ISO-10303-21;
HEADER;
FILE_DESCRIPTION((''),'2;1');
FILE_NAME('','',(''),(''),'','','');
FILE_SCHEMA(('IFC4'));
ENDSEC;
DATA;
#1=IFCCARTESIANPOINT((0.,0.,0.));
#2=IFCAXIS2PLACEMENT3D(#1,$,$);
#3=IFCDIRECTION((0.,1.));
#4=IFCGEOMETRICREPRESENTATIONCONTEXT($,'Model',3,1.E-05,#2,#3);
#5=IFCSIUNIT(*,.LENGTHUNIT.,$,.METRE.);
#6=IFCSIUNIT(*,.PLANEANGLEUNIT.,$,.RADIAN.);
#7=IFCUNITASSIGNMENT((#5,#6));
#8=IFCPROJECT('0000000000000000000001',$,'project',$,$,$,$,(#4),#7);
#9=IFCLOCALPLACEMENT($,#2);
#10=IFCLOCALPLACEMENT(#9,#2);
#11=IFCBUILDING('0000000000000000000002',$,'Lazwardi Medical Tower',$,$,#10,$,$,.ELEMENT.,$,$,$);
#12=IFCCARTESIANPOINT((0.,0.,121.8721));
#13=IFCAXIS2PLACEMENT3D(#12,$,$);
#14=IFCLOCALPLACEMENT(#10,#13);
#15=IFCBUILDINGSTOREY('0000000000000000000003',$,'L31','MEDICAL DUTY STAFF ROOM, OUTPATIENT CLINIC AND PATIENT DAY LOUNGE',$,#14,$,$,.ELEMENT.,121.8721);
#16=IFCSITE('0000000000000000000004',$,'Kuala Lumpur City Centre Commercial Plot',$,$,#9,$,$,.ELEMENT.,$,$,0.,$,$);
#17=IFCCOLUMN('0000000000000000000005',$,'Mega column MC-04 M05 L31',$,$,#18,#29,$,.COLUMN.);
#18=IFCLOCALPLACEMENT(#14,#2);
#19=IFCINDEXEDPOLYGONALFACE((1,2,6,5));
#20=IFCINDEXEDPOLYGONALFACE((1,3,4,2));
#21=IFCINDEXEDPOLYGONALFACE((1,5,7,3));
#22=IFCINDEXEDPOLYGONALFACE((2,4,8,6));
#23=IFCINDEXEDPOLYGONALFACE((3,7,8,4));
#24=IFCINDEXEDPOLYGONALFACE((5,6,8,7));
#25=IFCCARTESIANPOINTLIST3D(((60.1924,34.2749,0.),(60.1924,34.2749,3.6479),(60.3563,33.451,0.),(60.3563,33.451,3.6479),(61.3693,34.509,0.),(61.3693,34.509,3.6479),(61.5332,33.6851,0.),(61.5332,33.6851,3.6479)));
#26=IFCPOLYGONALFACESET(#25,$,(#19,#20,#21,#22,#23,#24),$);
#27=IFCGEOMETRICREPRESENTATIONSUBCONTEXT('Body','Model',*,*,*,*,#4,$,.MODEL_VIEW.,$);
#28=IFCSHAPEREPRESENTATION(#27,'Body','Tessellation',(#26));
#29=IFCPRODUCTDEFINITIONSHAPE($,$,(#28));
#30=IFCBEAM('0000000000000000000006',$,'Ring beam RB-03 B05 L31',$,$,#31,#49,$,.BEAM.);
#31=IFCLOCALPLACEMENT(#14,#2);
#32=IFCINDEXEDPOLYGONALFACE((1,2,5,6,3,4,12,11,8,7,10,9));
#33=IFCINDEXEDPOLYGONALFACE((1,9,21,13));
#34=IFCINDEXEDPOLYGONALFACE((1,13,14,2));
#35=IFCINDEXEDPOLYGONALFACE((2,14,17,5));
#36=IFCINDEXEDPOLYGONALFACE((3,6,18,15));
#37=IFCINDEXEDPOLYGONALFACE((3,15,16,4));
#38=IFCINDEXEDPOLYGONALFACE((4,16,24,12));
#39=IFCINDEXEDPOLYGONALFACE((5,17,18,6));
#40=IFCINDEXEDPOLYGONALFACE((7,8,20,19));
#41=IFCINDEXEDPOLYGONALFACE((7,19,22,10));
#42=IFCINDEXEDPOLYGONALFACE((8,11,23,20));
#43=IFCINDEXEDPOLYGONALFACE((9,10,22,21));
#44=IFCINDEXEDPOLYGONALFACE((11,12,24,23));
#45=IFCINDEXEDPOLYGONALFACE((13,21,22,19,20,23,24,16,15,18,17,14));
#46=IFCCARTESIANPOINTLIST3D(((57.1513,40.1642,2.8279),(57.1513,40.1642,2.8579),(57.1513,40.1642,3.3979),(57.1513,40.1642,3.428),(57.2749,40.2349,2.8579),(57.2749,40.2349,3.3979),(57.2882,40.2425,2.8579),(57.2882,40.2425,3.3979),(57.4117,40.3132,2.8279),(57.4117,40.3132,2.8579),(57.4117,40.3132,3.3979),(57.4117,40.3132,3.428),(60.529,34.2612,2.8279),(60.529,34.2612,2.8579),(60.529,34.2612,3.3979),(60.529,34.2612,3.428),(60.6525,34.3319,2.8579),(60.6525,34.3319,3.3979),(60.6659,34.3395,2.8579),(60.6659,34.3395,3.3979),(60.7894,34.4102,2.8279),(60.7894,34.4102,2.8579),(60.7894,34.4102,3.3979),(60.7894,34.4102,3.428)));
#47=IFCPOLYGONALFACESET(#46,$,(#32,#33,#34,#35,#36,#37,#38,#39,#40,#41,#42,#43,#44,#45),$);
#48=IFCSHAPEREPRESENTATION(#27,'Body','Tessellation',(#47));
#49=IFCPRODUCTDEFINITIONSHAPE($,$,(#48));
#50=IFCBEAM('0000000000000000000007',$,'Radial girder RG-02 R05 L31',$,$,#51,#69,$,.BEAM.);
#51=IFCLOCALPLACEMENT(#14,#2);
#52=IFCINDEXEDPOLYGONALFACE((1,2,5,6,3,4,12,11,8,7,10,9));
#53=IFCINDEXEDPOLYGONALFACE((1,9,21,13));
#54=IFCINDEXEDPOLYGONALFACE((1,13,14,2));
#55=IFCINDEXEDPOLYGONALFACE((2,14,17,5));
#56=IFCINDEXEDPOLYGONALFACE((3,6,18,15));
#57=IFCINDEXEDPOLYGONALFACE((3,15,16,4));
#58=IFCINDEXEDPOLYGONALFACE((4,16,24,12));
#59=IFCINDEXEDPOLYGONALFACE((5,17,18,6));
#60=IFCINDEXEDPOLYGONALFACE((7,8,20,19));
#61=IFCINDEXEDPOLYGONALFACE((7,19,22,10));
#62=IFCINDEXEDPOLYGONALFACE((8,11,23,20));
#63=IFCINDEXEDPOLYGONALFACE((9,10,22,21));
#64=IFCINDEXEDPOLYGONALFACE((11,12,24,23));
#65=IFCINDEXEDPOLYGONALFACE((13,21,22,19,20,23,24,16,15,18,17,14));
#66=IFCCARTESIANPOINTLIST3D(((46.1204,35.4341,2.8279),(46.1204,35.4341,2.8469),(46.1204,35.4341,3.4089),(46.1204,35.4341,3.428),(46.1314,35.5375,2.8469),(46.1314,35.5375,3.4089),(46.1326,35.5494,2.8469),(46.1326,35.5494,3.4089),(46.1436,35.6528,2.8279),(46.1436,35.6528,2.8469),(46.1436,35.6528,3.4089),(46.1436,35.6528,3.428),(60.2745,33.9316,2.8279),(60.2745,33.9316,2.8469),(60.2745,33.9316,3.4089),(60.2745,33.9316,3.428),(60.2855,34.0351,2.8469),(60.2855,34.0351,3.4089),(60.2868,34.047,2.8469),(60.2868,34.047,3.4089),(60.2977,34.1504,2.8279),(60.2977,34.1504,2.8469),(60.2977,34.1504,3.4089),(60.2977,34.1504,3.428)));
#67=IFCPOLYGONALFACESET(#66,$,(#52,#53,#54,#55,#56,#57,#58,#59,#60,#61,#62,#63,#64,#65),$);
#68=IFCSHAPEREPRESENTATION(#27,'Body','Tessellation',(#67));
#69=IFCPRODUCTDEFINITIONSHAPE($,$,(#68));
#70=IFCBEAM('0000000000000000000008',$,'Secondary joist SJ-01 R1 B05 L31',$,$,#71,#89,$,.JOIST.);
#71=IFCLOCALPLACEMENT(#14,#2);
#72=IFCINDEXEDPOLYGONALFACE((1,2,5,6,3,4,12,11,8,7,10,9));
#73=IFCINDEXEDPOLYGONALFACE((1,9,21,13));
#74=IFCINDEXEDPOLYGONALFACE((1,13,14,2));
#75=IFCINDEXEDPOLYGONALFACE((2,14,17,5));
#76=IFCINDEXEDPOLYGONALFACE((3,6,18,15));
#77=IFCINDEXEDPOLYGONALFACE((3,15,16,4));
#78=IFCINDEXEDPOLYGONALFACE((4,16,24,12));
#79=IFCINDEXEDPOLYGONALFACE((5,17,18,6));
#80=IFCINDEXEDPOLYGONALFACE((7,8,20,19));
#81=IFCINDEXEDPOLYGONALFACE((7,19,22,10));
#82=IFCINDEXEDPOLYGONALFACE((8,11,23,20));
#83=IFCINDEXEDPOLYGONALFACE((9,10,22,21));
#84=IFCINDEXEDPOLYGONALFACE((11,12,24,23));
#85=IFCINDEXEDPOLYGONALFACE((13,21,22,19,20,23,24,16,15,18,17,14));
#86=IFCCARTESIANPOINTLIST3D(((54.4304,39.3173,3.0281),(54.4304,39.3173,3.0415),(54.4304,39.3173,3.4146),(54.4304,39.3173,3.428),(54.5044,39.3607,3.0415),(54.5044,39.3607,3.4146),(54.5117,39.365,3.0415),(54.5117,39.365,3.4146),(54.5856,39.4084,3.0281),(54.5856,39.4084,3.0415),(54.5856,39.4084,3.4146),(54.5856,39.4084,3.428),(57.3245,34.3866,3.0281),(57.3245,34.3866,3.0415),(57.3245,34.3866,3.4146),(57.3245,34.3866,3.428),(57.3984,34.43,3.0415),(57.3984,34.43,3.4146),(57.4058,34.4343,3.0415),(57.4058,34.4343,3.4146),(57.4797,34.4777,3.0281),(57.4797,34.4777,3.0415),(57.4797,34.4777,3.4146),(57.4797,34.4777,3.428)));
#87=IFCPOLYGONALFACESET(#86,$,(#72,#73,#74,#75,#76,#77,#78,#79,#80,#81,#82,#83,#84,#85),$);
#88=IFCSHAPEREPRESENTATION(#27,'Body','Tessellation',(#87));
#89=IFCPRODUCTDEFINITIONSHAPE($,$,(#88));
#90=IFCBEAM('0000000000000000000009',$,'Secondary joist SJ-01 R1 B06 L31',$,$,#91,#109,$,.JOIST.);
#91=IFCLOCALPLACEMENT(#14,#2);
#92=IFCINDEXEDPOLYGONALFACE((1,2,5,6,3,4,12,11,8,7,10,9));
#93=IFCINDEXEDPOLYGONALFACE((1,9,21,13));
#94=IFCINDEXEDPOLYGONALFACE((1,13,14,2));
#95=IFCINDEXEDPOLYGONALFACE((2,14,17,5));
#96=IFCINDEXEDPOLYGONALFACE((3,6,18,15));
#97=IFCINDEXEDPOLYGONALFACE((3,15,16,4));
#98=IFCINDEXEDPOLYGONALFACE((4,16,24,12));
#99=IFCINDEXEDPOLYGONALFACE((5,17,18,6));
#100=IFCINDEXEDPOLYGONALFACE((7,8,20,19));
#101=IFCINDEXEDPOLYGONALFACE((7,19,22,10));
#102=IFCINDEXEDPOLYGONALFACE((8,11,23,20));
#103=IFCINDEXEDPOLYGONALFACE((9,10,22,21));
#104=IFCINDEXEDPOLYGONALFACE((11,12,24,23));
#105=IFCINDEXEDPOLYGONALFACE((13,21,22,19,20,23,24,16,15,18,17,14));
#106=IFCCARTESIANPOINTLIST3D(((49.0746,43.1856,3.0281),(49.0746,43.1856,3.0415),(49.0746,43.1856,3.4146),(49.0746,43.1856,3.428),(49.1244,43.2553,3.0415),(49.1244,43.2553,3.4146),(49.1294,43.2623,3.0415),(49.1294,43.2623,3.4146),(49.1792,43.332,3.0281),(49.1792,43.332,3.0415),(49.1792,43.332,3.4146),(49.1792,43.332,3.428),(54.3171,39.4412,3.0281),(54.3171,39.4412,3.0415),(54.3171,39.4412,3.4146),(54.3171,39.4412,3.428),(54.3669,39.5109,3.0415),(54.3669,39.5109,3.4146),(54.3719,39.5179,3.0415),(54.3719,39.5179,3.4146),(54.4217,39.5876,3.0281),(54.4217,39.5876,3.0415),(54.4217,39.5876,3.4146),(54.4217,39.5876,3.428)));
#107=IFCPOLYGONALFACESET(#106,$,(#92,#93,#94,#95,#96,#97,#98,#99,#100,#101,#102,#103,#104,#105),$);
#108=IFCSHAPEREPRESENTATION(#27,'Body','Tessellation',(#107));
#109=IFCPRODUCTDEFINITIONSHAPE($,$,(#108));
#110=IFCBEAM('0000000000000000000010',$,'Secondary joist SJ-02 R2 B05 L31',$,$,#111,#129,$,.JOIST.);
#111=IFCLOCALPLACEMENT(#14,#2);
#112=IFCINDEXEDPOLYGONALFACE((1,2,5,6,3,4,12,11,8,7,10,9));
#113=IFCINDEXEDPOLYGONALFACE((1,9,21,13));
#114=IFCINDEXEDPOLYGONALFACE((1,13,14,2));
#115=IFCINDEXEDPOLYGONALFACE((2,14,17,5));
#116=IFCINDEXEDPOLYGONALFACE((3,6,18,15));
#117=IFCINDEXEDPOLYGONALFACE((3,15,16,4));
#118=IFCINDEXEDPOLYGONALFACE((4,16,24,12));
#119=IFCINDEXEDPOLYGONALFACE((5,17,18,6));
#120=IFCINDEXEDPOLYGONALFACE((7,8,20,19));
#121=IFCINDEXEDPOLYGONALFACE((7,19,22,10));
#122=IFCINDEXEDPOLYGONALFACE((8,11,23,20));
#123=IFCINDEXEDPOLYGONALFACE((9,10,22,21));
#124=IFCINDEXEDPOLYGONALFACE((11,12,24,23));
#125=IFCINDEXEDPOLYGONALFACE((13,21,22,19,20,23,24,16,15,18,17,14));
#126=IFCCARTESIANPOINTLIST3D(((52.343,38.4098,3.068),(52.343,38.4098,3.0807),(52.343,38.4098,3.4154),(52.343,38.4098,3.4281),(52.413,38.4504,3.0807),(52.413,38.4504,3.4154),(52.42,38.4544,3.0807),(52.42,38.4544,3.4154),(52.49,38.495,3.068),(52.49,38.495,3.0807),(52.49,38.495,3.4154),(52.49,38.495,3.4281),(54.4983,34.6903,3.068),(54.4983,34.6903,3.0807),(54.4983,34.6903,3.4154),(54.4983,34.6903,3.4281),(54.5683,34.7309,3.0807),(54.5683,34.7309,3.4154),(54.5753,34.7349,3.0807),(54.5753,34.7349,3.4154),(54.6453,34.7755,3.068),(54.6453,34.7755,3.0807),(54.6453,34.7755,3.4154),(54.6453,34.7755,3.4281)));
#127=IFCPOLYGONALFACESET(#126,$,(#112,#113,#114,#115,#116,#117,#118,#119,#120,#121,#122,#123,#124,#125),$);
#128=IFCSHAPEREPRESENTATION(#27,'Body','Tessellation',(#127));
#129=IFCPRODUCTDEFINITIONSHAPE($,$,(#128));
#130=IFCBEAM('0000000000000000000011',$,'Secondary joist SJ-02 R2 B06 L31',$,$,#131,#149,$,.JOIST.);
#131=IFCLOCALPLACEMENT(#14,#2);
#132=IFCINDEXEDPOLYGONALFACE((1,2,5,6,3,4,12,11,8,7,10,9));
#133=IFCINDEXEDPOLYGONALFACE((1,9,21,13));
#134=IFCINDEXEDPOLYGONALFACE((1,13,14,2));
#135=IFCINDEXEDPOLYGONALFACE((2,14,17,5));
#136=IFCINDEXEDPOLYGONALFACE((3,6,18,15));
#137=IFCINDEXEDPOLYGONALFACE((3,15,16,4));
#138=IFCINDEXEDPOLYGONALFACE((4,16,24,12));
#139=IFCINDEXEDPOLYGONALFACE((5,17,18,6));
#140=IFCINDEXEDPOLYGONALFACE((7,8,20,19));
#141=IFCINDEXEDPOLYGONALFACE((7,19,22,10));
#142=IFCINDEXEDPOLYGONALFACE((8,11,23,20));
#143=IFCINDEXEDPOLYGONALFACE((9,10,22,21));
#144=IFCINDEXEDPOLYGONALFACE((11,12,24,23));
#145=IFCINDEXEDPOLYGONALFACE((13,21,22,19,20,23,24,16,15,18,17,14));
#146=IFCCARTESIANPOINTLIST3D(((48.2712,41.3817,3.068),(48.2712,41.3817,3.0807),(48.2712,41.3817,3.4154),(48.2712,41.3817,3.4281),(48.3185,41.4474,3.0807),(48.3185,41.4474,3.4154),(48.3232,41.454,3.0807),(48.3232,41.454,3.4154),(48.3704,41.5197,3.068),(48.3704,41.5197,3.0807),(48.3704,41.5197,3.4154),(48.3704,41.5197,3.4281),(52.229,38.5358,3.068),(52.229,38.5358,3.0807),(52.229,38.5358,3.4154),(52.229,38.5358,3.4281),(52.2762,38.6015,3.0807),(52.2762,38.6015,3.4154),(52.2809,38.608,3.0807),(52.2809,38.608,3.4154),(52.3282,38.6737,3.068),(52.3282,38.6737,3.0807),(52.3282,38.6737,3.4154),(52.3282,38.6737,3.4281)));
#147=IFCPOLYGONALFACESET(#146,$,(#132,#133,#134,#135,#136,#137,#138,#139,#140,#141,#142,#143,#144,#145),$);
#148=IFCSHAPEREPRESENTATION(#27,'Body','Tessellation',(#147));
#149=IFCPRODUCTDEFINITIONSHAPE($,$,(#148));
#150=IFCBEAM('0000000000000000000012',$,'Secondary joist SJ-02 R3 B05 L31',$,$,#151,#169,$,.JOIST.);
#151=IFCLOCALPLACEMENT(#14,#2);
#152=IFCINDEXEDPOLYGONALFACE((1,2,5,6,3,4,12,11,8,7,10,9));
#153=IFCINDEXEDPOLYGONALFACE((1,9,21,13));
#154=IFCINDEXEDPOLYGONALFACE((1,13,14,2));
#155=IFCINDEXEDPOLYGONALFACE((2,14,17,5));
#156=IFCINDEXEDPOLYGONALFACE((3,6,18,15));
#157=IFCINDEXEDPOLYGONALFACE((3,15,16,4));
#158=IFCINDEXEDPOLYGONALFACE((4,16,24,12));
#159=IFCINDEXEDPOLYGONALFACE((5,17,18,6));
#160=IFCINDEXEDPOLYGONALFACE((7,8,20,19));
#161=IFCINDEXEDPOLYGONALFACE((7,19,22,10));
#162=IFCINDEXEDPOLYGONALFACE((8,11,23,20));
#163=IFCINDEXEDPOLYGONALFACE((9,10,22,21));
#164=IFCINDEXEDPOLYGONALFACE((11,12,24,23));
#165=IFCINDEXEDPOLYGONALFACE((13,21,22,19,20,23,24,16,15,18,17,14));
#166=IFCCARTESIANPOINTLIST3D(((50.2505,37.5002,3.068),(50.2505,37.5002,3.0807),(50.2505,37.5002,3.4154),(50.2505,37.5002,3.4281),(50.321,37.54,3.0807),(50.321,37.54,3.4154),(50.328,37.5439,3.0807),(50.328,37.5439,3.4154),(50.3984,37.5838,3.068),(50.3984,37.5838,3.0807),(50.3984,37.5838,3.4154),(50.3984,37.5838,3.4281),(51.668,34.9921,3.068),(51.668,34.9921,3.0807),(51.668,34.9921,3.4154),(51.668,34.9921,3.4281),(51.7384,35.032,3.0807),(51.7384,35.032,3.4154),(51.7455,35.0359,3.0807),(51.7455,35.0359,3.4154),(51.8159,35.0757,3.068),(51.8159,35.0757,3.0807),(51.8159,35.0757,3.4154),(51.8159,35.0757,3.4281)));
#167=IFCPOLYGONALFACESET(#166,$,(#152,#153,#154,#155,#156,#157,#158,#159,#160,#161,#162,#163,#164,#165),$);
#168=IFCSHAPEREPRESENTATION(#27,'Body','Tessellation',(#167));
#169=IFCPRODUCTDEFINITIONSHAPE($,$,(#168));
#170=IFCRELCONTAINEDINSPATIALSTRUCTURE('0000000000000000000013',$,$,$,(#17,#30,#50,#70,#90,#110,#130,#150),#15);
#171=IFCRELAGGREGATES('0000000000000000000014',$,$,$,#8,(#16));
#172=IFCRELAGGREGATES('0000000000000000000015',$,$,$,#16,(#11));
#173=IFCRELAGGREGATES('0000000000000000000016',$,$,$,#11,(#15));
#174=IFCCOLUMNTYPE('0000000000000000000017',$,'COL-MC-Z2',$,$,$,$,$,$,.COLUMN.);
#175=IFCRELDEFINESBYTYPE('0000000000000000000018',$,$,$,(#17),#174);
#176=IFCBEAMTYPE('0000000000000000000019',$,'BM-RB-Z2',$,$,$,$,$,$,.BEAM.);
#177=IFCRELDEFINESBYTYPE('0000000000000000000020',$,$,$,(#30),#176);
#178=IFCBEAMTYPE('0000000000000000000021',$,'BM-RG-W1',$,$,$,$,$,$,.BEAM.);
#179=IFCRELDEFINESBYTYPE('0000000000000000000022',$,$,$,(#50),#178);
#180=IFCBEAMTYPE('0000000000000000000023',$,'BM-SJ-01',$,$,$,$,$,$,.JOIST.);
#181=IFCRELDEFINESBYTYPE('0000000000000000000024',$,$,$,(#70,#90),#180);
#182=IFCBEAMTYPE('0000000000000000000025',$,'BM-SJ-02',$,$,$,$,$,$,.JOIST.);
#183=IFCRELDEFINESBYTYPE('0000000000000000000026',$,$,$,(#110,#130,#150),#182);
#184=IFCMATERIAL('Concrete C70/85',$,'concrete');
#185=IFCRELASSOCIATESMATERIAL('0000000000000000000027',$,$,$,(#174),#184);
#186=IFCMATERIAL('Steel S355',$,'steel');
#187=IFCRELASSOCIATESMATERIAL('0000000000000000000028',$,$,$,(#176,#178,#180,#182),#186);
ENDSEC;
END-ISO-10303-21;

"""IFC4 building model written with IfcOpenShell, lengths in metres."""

from ifc_helpers import new_model, si_unit, direction, frame, origin, origin_2d, place, context, subcontext, project, spatial, rectangle, i_section, extrude, material, material_profile, profile_set, type_object, element, save


model = new_model("IFC4")

# Units and contexts
model_context = context("Model", 3, precision=1e-05, world=origin(), true_north=direction((0.0, 1.0)))
body_context = subcontext(model_context, "Body", "Model", "MODEL_VIEW")
ifc_project = project(units=[si_unit("LENGTHUNIT", "METRE"), si_unit("PLANEANGLEUNIT", "RADIAN")], contexts=[model_context])

# Site, building, storey
site_placement = place(None, origin())
site = spatial("IfcSite", under=ifc_project, at=site_placement, Name="Kuala Lumpur City Centre Commercial Plot", CompositionType="ELEMENT", RefElevation=0.0)
building_placement = place(site_placement, origin())
building = spatial("IfcBuilding", under=site, at=building_placement, Name="Lazwardi Medical Tower", CompositionType="ELEMENT")
storey_placement = place(building_placement, frame((0.0, 0.0, 121.8721)))
storey = spatial("IfcBuildingStorey", under=building, at=storey_placement, Name="L31", Description="MEDICAL DUTY STAFF ROOM, OUTPATIENT CLINIC AND PATIENT DAY LOUNGE", CompositionType="ELEMENT", Elevation=121.8721)

# Column
ifc_material_1 = material(Name="Concrete C70/85", Category="concrete")
ifc_material_profile_1 = material_profile(ifc_material_1, rectangle(XDim=1.2, YDim=0.8401, at=origin_2d()), Name="CFT-RECT 1200x840")
ifc_profile_set_1 = profile_set([ifc_material_profile_1], Name="Concrete C70/85")
column_type = type_object("IfcColumnType", Name="COL-MC-Z2", PredefinedType="COLUMN", material=ifc_profile_set_1)
column_placement = place(storey_placement, frame((60.8628, 33.98, 0.0), z_axis=(0.0, 0.0, 1.0), x_axis=(0.980785, 0.19509, 0.0)))
element("IfcColumn", 1, at=column_placement, inside=storey, type_object=column_type, Name="Mega column MC-04 M05 L31", PredefinedType="COLUMN", context=body_context, shape_type="SweptSolid", body=[
    extrude(rectangle(XDim=1.2, YDim=0.8401, at=origin_2d()), origin(), (0.0, 0.0, 1.0), 3.6479),
])

# Beams
ifc_material_2 = material(Name="Steel S355", Category="steel")
ifc_material_profile_2 = material_profile(ifc_material_2, i_section(OverallWidth=0.3, OverallDepth=0.6001, WebThickness=0.0154, FlangeThickness=0.03, at=origin_2d()), Name="HEB 600")
ifc_profile_set_2 = profile_set([ifc_material_profile_2], Name="Steel S355")
beam_type_1 = type_object("IfcBeamType", Name="BM-RB-Z2", PredefinedType="BEAM", material=ifc_profile_set_2)
beam_1_placement = place(storey_placement, frame((60.6592, 34.3357, 3.1279), z_axis=(-0.496638, 0.867958, 0.0), x_axis=(-0.867958, -0.496638, 0.0)))
element("IfcBeam", 2, at=beam_1_placement, inside=storey, type_object=beam_type_1, Name="Ring beam RB-03 B05 L31", PredefinedType="BEAM", context=body_context, shape_type="SweptSolid", body=[
    extrude(i_section(OverallWidth=0.3, OverallDepth=0.6001, WebThickness=0.0154, FlangeThickness=0.03, at=origin_2d()), origin(), (0.0, 0.0, 1.0), 6.801),
])
ifc_material_profile_3 = material_profile(ifc_material_2, i_section(OverallWidth=0.22, OverallDepth=0.6001, WebThickness=0.012, FlangeThickness=0.019, at=origin_2d()), Name="IPE 600")
ifc_profile_set_3 = profile_set([ifc_material_profile_3], Name="Steel S355")
beam_type_2 = type_object("IfcBeamType", Name="BM-RG-W1", PredefinedType="BEAM", material=ifc_profile_set_3)
beam_2_placement = place(storey_placement, frame((60.2861, 34.041, 3.1279), z_axis=(-0.994413, 0.105556, 0.0), x_axis=(-0.105556, -0.994413, 0.0)))
element("IfcBeam", 3, at=beam_2_placement, inside=storey, type_object=beam_type_2, Name="Radial girder RG-02 R05 L31", PredefinedType="BEAM", context=body_context, shape_type="SweptSolid", body=[
    extrude(i_section(OverallWidth=0.22, OverallDepth=0.6001, WebThickness=0.012, FlangeThickness=0.019, at=origin_2d()), origin(), (0.0, 0.0, 1.0), 14.2336),
])
ifc_material_profile_4 = material_profile(ifc_material_2, i_section(OverallWidth=0.1799, OverallDepth=0.3999, WebThickness=0.0085, FlangeThickness=0.0134, at=origin_2d()), Name="IPE 400")
ifc_profile_set_4 = profile_set([ifc_material_profile_4], Name="Steel S355")
beam_type_3 = type_object("IfcBeamType", Name="BM-SJ-01", PredefinedType="JOIST", material=ifc_profile_set_4)
beam_3_placement = place(storey_placement, frame((57.4021, 34.4321, 3.228), z_axis=(-0.506195, 0.862419, 0.0), x_axis=(-0.862419, -0.506195, 0.0)))
element("IfcBeam", 4, at=beam_3_placement, inside=storey, type_object=beam_type_3, Name="Secondary joist SJ-01 R1 B05 L31", PredefinedType="JOIST", context=body_context, shape_type="SweptSolid", body=[
    extrude(i_section(OverallWidth=0.1799, OverallDepth=0.3999, WebThickness=0.0085, FlangeThickness=0.0134, at=origin_2d()), origin(), (0.0, 0.0, 1.0), 5.7173),
])
beam_4_placement = place(storey_placement, frame((54.3694, 39.5144, 3.228), z_axis=(-0.813749, 0.581217, 0.0), x_axis=(-0.581217, -0.813749, 0.0)))
element("IfcBeam", 5, at=beam_4_placement, inside=storey, type_object=beam_type_3, Name="Secondary joist SJ-01 R1 B06 L31", PredefinedType="JOIST", context=body_context, shape_type="SweptSolid", body=[
    extrude(i_section(OverallWidth=0.1799, OverallDepth=0.3999, WebThickness=0.0085, FlangeThickness=0.0134, at=origin_2d()), origin(), (0.0, 0.0, 1.0), 6.4424),
])
ifc_material_profile_5 = material_profile(ifc_material_2, i_section(OverallWidth=0.1699, OverallDepth=0.3601, WebThickness=0.0081, FlangeThickness=0.0127, at=origin_2d()), Name="IPE 360")
ifc_profile_set_5 = profile_set([ifc_material_profile_5], Name="Steel S355")
beam_type_4 = type_object("IfcBeamType", Name="BM-SJ-02", PredefinedType="JOIST", material=ifc_profile_set_5)
beam_5_placement = place(storey_placement, frame((54.5718, 34.7329, 3.248), z_axis=(-0.501365, 0.865236, 0.0), x_axis=(-0.865236, -0.501365, 0.0)))
element("IfcBeam", 6, at=beam_5_placement, inside=storey, type_object=beam_type_4, Name="Secondary joist SJ-02 R2 B05 L31", PredefinedType="JOIST", context=body_context, shape_type="SweptSolid", body=[
    extrude(i_section(OverallWidth=0.1699, OverallDepth=0.3601, WebThickness=0.0081, FlangeThickness=0.0127, at=origin_2d()), origin(), (0.0, 0.0, 1.0), 4.2988),
])
beam_6_placement = place(storey_placement, frame((52.2786, 38.6047, 3.248), z_axis=(-0.811889, 0.583813, 0.0), x_axis=(-0.583813, -0.811889, 0.0)))
element("IfcBeam", 7, at=beam_6_placement, inside=storey, type_object=beam_type_4, Name="Secondary joist SJ-02 R2 B06 L31", PredefinedType="JOIST", context=body_context, shape_type="SweptSolid", body=[
    extrude(i_section(OverallWidth=0.1699, OverallDepth=0.3601, WebThickness=0.0081, FlangeThickness=0.0127, at=origin_2d()), origin(), (0.0, 0.0, 1.0), 4.8748),
])
beam_7_placement = place(storey_placement, frame((51.7419, 35.0339, 3.248), z_axis=(-0.492027, 0.87058, 0.0), x_axis=(-0.87058, -0.492027, 0.0)))
element("IfcBeam", 8, at=beam_7_placement, inside=storey, type_object=beam_type_4, Name="Secondary joist SJ-02 R3 B05 L31", PredefinedType="JOIST", context=body_context, shape_type="SweptSolid", body=[
    extrude(i_section(OverallWidth=0.1699, OverallDepth=0.3601, WebThickness=0.0081, FlangeThickness=0.0127, at=origin_2d()), origin(), (0.0, 0.0, 1.0), 2.8809),
])

save(model, "model.ifc")
